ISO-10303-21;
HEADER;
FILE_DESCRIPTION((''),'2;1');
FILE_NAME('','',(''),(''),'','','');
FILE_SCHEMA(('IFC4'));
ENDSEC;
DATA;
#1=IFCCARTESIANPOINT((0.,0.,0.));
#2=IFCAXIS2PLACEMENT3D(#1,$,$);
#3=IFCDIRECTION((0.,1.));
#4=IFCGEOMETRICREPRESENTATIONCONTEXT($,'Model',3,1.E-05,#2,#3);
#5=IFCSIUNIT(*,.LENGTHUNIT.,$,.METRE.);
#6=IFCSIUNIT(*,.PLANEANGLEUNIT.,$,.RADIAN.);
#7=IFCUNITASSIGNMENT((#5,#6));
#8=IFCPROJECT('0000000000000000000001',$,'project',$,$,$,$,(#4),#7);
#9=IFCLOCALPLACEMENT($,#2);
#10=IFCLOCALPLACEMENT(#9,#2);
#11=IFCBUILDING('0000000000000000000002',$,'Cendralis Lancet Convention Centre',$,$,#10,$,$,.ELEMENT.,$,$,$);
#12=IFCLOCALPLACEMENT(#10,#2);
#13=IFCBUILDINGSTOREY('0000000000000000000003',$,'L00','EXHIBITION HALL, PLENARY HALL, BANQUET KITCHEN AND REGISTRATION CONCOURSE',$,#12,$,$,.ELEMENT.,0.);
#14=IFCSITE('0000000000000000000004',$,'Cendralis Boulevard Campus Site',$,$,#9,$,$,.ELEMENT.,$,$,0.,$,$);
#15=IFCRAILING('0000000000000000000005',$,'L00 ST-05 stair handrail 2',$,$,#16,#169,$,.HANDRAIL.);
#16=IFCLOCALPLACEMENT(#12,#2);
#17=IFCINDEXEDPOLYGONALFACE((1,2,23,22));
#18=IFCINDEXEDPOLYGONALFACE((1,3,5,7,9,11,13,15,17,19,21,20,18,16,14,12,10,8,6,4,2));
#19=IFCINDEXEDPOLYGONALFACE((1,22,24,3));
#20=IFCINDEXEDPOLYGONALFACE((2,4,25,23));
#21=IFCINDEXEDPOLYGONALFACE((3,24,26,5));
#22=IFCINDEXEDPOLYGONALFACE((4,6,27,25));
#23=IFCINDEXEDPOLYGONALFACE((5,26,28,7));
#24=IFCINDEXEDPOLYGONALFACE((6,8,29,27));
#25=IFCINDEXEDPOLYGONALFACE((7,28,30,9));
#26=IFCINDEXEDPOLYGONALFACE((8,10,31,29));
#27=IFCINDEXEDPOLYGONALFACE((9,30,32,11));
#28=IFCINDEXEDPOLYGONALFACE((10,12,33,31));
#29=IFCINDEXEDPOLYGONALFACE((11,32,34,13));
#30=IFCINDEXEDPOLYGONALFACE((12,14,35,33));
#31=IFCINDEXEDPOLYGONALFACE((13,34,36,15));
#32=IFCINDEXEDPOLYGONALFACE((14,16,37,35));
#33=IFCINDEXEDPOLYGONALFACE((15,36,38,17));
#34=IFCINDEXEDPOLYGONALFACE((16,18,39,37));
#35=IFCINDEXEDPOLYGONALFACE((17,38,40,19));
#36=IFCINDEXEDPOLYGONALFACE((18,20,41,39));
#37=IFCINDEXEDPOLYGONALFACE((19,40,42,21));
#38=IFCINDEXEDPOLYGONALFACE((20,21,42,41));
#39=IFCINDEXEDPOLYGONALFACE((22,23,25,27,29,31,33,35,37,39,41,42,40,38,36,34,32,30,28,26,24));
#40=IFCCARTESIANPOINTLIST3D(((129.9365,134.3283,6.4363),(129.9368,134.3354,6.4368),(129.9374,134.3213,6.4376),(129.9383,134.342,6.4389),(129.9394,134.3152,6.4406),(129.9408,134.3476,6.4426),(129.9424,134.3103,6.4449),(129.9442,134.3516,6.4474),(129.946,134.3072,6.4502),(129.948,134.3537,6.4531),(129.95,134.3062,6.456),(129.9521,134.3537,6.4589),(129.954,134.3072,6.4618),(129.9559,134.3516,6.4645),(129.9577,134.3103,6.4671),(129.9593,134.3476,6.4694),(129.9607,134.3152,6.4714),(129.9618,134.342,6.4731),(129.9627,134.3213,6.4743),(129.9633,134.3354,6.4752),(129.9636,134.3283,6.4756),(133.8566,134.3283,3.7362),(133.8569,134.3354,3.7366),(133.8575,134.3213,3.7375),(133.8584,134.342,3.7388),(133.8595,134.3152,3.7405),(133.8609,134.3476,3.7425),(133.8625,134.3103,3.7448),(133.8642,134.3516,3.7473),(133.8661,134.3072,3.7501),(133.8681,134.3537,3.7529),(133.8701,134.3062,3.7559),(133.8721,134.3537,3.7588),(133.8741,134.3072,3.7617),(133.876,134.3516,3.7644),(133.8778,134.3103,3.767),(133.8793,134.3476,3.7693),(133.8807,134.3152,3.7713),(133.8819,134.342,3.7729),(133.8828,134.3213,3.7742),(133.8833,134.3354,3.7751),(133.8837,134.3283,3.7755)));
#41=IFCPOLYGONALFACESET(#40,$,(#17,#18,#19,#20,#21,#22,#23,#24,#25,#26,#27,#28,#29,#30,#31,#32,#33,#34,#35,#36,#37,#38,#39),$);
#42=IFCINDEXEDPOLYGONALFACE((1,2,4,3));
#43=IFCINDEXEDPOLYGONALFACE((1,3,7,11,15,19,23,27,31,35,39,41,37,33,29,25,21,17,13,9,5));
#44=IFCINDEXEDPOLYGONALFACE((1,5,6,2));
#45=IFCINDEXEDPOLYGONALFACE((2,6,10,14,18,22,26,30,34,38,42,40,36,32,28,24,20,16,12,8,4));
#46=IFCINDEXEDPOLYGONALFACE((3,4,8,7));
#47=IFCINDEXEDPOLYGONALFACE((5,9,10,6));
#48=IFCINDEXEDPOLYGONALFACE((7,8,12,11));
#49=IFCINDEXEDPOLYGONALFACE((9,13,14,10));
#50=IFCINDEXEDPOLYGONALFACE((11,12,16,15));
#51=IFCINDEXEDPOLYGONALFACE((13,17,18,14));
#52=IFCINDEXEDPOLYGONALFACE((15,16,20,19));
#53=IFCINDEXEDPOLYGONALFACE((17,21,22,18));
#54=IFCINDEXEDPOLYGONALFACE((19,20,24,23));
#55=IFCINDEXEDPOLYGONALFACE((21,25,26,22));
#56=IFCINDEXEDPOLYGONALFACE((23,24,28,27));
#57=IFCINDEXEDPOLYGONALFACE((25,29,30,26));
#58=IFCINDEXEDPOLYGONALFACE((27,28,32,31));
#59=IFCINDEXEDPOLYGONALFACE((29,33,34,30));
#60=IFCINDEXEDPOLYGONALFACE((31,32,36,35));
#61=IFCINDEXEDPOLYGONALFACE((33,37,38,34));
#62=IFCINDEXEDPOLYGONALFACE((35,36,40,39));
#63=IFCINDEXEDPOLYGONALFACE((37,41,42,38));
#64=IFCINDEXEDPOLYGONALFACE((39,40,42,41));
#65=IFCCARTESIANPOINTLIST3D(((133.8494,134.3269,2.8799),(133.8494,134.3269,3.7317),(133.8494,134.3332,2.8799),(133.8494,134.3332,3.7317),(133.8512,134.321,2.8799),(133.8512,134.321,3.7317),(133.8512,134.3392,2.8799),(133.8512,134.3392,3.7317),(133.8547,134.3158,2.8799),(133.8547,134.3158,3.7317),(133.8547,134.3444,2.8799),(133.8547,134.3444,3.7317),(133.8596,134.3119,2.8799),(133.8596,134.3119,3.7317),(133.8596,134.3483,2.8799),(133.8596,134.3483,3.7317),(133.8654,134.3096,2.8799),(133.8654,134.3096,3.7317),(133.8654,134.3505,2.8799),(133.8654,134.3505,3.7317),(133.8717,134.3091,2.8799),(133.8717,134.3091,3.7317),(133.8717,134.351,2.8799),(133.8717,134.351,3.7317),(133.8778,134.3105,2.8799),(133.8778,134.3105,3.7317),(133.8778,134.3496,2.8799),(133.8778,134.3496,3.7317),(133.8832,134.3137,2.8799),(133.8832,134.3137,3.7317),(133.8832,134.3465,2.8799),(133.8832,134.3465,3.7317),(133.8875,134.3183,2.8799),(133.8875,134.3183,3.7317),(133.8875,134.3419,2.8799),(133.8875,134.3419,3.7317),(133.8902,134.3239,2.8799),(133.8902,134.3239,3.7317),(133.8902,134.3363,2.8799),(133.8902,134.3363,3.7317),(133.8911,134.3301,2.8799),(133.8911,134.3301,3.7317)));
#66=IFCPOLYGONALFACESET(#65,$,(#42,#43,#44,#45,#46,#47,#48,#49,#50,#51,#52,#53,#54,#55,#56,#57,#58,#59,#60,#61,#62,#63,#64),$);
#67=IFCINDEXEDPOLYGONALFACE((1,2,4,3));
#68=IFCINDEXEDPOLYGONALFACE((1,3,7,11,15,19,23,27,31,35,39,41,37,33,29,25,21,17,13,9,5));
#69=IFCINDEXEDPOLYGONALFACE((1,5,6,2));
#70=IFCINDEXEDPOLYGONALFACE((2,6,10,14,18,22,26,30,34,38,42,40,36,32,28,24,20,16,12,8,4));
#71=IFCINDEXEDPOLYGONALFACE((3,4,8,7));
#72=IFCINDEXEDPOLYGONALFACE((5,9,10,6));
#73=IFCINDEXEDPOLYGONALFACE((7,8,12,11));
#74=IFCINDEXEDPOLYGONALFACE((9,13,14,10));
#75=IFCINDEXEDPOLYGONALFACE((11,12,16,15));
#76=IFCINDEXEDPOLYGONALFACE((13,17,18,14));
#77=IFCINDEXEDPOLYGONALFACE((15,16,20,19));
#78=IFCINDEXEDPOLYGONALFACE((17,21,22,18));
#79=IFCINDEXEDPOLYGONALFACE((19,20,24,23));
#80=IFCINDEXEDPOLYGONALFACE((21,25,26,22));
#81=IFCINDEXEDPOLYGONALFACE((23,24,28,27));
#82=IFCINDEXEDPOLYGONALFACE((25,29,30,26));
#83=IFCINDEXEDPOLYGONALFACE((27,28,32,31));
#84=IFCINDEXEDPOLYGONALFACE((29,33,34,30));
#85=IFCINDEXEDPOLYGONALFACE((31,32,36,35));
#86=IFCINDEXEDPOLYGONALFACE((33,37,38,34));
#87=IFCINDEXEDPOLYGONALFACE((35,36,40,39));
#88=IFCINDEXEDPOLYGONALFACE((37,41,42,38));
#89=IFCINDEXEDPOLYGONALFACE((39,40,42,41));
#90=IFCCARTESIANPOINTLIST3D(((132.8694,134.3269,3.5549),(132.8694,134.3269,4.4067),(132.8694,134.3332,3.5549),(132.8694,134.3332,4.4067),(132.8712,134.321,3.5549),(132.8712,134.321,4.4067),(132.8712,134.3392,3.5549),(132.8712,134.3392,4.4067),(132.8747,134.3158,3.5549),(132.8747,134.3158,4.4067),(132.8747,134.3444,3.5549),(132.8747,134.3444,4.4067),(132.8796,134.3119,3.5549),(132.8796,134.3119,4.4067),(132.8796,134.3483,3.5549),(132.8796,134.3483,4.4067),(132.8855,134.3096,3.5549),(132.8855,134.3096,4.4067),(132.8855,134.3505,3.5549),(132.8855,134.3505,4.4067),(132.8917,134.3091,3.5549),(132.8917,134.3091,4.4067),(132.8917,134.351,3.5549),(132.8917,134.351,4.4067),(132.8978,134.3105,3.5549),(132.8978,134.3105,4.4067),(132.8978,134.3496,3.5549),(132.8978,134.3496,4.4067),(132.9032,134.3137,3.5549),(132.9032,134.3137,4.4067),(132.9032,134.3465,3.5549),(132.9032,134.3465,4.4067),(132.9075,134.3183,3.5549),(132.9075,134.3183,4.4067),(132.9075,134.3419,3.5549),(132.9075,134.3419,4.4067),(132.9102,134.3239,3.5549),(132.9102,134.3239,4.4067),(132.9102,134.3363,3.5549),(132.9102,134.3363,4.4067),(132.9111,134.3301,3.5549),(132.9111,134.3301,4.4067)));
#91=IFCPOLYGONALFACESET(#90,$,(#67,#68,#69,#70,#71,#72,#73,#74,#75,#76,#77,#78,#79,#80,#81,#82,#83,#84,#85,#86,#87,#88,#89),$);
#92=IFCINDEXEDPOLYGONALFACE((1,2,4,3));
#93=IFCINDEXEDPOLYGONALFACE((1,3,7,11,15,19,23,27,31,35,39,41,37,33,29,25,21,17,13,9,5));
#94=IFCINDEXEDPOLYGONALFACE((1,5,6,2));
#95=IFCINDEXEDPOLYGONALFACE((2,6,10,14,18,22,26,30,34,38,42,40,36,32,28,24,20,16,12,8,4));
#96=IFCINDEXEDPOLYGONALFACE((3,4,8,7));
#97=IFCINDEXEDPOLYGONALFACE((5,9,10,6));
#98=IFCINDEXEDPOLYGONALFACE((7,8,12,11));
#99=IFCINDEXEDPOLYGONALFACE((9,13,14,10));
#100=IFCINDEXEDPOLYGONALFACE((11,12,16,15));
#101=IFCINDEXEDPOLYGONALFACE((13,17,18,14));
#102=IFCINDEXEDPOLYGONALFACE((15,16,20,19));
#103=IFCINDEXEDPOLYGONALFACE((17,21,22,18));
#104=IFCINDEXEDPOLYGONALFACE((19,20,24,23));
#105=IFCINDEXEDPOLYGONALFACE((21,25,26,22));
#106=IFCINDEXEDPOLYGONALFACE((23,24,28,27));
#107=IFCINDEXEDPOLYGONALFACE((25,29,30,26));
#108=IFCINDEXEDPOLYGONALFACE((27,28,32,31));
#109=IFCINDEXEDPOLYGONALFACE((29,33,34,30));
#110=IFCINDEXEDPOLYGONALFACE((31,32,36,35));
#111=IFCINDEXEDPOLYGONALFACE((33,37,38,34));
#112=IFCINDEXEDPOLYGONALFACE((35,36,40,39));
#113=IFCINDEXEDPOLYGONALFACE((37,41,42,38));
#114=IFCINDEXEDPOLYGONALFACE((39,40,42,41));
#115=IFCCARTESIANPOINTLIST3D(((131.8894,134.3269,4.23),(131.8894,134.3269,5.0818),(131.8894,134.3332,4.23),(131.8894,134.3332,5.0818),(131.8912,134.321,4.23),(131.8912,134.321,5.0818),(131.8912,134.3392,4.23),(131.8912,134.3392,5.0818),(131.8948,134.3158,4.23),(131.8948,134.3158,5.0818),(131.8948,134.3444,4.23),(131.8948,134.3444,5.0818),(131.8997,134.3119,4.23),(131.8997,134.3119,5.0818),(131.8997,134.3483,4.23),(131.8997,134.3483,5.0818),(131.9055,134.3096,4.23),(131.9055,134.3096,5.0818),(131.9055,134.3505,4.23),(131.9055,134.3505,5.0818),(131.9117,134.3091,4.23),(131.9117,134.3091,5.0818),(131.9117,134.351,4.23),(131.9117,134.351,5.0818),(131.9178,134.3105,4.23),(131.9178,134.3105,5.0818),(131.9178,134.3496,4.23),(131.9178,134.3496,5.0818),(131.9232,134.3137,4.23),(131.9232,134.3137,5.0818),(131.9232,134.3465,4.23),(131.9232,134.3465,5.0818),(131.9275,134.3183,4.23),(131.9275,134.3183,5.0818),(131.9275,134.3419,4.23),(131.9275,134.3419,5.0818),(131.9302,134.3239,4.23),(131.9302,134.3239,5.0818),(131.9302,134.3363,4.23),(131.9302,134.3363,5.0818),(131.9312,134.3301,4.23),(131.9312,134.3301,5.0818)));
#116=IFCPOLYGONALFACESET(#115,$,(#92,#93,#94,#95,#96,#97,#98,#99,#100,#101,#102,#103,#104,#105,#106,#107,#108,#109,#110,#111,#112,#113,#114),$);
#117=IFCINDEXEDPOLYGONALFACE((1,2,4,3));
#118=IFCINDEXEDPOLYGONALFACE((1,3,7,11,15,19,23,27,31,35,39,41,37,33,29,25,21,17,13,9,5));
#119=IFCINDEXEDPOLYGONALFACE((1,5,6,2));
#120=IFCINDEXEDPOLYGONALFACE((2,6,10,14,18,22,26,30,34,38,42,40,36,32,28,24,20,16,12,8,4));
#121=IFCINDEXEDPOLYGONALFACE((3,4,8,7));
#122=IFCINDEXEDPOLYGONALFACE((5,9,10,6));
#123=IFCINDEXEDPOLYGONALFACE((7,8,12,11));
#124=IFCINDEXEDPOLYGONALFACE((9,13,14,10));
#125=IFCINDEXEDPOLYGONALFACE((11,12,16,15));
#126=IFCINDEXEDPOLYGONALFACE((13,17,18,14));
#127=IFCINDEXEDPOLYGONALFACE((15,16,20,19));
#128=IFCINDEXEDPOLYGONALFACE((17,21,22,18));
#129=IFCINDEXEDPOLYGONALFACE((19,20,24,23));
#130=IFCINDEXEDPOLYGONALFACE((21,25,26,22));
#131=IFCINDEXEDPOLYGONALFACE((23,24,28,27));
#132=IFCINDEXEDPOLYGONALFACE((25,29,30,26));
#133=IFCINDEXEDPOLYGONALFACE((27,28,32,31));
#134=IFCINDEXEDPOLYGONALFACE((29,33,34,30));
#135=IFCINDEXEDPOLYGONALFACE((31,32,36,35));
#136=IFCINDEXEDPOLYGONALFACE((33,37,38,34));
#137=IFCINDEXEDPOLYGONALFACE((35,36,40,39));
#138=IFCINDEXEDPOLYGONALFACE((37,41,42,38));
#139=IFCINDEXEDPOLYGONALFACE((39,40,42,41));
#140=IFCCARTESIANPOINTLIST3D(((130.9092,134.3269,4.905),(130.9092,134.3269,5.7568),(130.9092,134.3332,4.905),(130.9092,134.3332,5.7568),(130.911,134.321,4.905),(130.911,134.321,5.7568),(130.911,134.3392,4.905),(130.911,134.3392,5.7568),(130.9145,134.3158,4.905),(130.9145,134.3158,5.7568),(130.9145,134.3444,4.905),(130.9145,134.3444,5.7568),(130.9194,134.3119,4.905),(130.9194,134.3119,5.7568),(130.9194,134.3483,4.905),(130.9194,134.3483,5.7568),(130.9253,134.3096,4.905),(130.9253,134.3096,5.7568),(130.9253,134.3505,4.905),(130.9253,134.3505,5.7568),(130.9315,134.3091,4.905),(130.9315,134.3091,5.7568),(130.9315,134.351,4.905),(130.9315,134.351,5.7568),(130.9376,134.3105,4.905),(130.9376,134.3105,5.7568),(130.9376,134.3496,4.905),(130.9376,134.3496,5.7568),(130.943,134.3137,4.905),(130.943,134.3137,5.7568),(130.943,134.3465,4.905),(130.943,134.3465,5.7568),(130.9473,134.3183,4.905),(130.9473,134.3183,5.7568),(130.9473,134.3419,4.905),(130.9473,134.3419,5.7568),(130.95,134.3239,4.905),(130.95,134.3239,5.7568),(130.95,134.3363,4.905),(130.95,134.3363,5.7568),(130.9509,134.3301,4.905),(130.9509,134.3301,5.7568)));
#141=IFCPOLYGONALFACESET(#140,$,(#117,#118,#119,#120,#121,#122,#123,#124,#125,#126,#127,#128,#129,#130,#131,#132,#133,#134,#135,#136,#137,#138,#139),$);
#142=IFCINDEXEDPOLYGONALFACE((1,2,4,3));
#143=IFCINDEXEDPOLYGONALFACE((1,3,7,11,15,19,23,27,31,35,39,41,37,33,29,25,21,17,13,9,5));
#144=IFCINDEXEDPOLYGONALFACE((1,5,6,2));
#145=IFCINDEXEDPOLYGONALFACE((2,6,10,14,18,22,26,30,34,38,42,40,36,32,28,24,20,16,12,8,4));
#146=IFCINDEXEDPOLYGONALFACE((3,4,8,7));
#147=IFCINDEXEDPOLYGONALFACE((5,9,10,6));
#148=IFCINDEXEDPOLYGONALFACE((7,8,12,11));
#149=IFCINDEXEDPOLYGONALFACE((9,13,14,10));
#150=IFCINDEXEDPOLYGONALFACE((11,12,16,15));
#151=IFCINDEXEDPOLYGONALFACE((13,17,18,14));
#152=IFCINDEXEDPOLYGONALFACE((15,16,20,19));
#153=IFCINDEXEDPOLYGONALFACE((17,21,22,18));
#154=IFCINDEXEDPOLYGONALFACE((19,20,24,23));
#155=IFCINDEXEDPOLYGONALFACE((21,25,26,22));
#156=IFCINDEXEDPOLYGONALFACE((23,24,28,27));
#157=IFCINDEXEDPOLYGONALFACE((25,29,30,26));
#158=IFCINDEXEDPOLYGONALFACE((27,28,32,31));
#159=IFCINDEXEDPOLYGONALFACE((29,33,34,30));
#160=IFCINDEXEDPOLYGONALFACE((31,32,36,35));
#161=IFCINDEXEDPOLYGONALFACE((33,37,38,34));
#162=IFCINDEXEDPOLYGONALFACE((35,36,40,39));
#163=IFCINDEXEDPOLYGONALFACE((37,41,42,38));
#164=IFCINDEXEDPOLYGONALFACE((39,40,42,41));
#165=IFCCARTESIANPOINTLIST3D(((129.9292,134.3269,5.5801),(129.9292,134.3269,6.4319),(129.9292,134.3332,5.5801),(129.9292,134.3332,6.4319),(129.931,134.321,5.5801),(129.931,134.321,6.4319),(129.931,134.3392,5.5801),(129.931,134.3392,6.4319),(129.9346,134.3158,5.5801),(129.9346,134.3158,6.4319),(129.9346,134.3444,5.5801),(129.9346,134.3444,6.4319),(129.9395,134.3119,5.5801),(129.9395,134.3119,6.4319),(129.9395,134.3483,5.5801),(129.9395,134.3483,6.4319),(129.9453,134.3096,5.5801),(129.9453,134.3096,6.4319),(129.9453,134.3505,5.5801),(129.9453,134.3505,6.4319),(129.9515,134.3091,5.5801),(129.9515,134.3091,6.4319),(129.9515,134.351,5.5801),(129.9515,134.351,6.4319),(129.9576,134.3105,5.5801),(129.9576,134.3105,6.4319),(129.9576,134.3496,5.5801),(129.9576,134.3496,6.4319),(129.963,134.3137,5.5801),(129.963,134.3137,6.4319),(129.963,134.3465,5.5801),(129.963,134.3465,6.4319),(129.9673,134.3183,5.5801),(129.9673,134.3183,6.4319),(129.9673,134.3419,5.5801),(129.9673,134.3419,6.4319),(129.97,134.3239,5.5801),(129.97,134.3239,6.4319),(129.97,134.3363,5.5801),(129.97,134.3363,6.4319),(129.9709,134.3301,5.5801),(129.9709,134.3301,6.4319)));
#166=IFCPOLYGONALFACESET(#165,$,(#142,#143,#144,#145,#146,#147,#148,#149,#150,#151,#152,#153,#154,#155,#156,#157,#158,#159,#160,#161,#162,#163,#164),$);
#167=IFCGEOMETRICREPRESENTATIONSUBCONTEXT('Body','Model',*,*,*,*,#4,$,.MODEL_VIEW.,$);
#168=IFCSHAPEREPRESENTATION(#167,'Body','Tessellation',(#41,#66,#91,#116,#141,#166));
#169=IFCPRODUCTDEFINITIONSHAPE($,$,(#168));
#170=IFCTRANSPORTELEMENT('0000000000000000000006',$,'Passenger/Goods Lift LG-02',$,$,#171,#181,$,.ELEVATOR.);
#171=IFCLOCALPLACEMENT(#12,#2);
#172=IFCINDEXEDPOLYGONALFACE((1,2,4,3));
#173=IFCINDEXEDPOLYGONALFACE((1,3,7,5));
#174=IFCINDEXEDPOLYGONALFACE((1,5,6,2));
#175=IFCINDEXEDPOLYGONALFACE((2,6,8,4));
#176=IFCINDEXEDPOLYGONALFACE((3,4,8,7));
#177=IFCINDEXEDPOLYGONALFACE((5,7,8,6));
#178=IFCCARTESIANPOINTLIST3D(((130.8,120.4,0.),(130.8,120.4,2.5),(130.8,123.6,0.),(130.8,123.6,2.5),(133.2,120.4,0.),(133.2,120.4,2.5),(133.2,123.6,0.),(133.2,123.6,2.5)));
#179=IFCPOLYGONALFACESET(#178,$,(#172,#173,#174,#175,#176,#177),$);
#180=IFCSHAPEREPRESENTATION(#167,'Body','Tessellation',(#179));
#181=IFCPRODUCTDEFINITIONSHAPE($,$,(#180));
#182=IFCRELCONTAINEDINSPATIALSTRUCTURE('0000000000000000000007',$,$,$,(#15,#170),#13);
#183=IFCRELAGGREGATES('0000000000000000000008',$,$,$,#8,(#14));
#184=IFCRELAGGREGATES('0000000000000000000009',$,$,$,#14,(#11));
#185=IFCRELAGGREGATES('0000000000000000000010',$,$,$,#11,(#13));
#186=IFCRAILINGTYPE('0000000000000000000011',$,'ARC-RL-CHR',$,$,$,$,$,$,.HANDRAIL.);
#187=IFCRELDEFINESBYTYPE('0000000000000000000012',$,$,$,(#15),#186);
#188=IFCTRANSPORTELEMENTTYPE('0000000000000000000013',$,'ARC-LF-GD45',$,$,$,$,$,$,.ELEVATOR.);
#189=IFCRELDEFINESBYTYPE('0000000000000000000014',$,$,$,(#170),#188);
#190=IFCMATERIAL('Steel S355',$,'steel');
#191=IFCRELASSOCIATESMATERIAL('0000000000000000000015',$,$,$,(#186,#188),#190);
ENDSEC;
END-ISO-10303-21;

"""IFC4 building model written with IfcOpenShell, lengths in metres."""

from ifc_helpers import new_model, si_unit, direction, frame, origin, origin_2d, place, context, subcontext, project, spatial, rectangle, circle, extrude, material, type_object, element, save


model = new_model("IFC4")

# Units and contexts
model_context = context("Model", 3, precision=1e-05, world=origin(), true_north=direction((0.0, 1.0)))
body_context = subcontext(model_context, "Body", "Model", "MODEL_VIEW")
ifc_project = project(units=[si_unit("LENGTHUNIT", "METRE"), si_unit("PLANEANGLEUNIT", "RADIAN")], contexts=[model_context])

# Site, building, storey
site_placement = place(None, origin())
site = spatial("IfcSite", under=ifc_project, at=site_placement, Name="Cendralis Boulevard Campus Site", CompositionType="ELEMENT", RefElevation=0.0)
building_placement = place(site_placement, origin())
building = spatial("IfcBuilding", under=site, at=building_placement, Name="Cendralis Lancet Convention Centre", CompositionType="ELEMENT")
storey_placement = place(building_placement, origin())
storey = spatial("IfcBuildingStorey", under=building, at=storey_placement, Name="L00", Description="EXHIBITION HALL, PLENARY HALL, BANQUET KITCHEN AND REGISTRATION CONCOURSE", CompositionType="ELEMENT", Elevation=0.0)

# Shared definitions
ifc_material_1 = material(Name="Steel S355", Category="steel")

# Railing
railing_type_1 = type_object("IfcRailingType", Name="ARC-RL-CHR", PredefinedType="HANDRAIL", material=ifc_material_1)
railing_1_placement = place(storey_placement, frame((133.8701, 134.3301, 2.8799)))
element("IfcRailing", 1, at=railing_1_placement, inside=storey, type_object=railing_type_1, Name="L00 ST-05 stair handrail 2", PredefinedType="HANDRAIL", context=body_context, shape_type="SweptSolid", body=[
    extrude(circle(Radius=0.0239, at=origin_2d()), frame((0.0, 0.0, 0.876), z_axis=(-0.823543, 0.0, 0.567253), x_axis=(0.0, -1.0, 0.0)), (0.0, 0.0, 1.0), 4.76),
    extrude(circle(Radius=0.021, at=origin_2d()), origin(), (0.0, 0.0, 1.0), 0.8518),
    extrude(circle(Radius=0.021, at=origin_2d()), frame((-0.98, 0.0, 0.675)), (0.0, 0.0, 1.0), 0.8518),
    extrude(circle(Radius=0.021, at=origin_2d()), frame((-1.96, 0.0, 1.3501)), (0.0, 0.0, 1.0), 0.8518),
    extrude(circle(Radius=0.021, at=origin_2d()), frame((-2.9402, 0.0, 2.0251)), (0.0, 0.0, 1.0), 0.8518),
    extrude(circle(Radius=0.021, at=origin_2d()), frame((-3.9202, 0.0, 2.7002)), (0.0, 0.0, 1.0), 0.8518),
])

# Transport element
transport_element_type = type_object("IfcTransportElementType", Name="ARC-LF-GD45", PredefinedType="ELEVATOR", material=ifc_material_1)
transport_element_placement = place(storey_placement, frame((132.0, 122.0, 0.0), z_axis=(0.0, 0.0, 1.0), x_axis=(1.0, 0.0, 0.0)))
element("IfcTransportElement", 2, at=transport_element_placement, inside=storey, type_object=transport_element_type, Name="Passenger/Goods Lift LG-02", PredefinedType="ELEVATOR", context=body_context, shape_type="SweptSolid", body=[
    extrude(rectangle(XDim=2.3999, YDim=3.2, at=origin_2d()), origin(), (0.0, 0.0, 1.0), 2.5),
])

save(model, "model.ifc")
